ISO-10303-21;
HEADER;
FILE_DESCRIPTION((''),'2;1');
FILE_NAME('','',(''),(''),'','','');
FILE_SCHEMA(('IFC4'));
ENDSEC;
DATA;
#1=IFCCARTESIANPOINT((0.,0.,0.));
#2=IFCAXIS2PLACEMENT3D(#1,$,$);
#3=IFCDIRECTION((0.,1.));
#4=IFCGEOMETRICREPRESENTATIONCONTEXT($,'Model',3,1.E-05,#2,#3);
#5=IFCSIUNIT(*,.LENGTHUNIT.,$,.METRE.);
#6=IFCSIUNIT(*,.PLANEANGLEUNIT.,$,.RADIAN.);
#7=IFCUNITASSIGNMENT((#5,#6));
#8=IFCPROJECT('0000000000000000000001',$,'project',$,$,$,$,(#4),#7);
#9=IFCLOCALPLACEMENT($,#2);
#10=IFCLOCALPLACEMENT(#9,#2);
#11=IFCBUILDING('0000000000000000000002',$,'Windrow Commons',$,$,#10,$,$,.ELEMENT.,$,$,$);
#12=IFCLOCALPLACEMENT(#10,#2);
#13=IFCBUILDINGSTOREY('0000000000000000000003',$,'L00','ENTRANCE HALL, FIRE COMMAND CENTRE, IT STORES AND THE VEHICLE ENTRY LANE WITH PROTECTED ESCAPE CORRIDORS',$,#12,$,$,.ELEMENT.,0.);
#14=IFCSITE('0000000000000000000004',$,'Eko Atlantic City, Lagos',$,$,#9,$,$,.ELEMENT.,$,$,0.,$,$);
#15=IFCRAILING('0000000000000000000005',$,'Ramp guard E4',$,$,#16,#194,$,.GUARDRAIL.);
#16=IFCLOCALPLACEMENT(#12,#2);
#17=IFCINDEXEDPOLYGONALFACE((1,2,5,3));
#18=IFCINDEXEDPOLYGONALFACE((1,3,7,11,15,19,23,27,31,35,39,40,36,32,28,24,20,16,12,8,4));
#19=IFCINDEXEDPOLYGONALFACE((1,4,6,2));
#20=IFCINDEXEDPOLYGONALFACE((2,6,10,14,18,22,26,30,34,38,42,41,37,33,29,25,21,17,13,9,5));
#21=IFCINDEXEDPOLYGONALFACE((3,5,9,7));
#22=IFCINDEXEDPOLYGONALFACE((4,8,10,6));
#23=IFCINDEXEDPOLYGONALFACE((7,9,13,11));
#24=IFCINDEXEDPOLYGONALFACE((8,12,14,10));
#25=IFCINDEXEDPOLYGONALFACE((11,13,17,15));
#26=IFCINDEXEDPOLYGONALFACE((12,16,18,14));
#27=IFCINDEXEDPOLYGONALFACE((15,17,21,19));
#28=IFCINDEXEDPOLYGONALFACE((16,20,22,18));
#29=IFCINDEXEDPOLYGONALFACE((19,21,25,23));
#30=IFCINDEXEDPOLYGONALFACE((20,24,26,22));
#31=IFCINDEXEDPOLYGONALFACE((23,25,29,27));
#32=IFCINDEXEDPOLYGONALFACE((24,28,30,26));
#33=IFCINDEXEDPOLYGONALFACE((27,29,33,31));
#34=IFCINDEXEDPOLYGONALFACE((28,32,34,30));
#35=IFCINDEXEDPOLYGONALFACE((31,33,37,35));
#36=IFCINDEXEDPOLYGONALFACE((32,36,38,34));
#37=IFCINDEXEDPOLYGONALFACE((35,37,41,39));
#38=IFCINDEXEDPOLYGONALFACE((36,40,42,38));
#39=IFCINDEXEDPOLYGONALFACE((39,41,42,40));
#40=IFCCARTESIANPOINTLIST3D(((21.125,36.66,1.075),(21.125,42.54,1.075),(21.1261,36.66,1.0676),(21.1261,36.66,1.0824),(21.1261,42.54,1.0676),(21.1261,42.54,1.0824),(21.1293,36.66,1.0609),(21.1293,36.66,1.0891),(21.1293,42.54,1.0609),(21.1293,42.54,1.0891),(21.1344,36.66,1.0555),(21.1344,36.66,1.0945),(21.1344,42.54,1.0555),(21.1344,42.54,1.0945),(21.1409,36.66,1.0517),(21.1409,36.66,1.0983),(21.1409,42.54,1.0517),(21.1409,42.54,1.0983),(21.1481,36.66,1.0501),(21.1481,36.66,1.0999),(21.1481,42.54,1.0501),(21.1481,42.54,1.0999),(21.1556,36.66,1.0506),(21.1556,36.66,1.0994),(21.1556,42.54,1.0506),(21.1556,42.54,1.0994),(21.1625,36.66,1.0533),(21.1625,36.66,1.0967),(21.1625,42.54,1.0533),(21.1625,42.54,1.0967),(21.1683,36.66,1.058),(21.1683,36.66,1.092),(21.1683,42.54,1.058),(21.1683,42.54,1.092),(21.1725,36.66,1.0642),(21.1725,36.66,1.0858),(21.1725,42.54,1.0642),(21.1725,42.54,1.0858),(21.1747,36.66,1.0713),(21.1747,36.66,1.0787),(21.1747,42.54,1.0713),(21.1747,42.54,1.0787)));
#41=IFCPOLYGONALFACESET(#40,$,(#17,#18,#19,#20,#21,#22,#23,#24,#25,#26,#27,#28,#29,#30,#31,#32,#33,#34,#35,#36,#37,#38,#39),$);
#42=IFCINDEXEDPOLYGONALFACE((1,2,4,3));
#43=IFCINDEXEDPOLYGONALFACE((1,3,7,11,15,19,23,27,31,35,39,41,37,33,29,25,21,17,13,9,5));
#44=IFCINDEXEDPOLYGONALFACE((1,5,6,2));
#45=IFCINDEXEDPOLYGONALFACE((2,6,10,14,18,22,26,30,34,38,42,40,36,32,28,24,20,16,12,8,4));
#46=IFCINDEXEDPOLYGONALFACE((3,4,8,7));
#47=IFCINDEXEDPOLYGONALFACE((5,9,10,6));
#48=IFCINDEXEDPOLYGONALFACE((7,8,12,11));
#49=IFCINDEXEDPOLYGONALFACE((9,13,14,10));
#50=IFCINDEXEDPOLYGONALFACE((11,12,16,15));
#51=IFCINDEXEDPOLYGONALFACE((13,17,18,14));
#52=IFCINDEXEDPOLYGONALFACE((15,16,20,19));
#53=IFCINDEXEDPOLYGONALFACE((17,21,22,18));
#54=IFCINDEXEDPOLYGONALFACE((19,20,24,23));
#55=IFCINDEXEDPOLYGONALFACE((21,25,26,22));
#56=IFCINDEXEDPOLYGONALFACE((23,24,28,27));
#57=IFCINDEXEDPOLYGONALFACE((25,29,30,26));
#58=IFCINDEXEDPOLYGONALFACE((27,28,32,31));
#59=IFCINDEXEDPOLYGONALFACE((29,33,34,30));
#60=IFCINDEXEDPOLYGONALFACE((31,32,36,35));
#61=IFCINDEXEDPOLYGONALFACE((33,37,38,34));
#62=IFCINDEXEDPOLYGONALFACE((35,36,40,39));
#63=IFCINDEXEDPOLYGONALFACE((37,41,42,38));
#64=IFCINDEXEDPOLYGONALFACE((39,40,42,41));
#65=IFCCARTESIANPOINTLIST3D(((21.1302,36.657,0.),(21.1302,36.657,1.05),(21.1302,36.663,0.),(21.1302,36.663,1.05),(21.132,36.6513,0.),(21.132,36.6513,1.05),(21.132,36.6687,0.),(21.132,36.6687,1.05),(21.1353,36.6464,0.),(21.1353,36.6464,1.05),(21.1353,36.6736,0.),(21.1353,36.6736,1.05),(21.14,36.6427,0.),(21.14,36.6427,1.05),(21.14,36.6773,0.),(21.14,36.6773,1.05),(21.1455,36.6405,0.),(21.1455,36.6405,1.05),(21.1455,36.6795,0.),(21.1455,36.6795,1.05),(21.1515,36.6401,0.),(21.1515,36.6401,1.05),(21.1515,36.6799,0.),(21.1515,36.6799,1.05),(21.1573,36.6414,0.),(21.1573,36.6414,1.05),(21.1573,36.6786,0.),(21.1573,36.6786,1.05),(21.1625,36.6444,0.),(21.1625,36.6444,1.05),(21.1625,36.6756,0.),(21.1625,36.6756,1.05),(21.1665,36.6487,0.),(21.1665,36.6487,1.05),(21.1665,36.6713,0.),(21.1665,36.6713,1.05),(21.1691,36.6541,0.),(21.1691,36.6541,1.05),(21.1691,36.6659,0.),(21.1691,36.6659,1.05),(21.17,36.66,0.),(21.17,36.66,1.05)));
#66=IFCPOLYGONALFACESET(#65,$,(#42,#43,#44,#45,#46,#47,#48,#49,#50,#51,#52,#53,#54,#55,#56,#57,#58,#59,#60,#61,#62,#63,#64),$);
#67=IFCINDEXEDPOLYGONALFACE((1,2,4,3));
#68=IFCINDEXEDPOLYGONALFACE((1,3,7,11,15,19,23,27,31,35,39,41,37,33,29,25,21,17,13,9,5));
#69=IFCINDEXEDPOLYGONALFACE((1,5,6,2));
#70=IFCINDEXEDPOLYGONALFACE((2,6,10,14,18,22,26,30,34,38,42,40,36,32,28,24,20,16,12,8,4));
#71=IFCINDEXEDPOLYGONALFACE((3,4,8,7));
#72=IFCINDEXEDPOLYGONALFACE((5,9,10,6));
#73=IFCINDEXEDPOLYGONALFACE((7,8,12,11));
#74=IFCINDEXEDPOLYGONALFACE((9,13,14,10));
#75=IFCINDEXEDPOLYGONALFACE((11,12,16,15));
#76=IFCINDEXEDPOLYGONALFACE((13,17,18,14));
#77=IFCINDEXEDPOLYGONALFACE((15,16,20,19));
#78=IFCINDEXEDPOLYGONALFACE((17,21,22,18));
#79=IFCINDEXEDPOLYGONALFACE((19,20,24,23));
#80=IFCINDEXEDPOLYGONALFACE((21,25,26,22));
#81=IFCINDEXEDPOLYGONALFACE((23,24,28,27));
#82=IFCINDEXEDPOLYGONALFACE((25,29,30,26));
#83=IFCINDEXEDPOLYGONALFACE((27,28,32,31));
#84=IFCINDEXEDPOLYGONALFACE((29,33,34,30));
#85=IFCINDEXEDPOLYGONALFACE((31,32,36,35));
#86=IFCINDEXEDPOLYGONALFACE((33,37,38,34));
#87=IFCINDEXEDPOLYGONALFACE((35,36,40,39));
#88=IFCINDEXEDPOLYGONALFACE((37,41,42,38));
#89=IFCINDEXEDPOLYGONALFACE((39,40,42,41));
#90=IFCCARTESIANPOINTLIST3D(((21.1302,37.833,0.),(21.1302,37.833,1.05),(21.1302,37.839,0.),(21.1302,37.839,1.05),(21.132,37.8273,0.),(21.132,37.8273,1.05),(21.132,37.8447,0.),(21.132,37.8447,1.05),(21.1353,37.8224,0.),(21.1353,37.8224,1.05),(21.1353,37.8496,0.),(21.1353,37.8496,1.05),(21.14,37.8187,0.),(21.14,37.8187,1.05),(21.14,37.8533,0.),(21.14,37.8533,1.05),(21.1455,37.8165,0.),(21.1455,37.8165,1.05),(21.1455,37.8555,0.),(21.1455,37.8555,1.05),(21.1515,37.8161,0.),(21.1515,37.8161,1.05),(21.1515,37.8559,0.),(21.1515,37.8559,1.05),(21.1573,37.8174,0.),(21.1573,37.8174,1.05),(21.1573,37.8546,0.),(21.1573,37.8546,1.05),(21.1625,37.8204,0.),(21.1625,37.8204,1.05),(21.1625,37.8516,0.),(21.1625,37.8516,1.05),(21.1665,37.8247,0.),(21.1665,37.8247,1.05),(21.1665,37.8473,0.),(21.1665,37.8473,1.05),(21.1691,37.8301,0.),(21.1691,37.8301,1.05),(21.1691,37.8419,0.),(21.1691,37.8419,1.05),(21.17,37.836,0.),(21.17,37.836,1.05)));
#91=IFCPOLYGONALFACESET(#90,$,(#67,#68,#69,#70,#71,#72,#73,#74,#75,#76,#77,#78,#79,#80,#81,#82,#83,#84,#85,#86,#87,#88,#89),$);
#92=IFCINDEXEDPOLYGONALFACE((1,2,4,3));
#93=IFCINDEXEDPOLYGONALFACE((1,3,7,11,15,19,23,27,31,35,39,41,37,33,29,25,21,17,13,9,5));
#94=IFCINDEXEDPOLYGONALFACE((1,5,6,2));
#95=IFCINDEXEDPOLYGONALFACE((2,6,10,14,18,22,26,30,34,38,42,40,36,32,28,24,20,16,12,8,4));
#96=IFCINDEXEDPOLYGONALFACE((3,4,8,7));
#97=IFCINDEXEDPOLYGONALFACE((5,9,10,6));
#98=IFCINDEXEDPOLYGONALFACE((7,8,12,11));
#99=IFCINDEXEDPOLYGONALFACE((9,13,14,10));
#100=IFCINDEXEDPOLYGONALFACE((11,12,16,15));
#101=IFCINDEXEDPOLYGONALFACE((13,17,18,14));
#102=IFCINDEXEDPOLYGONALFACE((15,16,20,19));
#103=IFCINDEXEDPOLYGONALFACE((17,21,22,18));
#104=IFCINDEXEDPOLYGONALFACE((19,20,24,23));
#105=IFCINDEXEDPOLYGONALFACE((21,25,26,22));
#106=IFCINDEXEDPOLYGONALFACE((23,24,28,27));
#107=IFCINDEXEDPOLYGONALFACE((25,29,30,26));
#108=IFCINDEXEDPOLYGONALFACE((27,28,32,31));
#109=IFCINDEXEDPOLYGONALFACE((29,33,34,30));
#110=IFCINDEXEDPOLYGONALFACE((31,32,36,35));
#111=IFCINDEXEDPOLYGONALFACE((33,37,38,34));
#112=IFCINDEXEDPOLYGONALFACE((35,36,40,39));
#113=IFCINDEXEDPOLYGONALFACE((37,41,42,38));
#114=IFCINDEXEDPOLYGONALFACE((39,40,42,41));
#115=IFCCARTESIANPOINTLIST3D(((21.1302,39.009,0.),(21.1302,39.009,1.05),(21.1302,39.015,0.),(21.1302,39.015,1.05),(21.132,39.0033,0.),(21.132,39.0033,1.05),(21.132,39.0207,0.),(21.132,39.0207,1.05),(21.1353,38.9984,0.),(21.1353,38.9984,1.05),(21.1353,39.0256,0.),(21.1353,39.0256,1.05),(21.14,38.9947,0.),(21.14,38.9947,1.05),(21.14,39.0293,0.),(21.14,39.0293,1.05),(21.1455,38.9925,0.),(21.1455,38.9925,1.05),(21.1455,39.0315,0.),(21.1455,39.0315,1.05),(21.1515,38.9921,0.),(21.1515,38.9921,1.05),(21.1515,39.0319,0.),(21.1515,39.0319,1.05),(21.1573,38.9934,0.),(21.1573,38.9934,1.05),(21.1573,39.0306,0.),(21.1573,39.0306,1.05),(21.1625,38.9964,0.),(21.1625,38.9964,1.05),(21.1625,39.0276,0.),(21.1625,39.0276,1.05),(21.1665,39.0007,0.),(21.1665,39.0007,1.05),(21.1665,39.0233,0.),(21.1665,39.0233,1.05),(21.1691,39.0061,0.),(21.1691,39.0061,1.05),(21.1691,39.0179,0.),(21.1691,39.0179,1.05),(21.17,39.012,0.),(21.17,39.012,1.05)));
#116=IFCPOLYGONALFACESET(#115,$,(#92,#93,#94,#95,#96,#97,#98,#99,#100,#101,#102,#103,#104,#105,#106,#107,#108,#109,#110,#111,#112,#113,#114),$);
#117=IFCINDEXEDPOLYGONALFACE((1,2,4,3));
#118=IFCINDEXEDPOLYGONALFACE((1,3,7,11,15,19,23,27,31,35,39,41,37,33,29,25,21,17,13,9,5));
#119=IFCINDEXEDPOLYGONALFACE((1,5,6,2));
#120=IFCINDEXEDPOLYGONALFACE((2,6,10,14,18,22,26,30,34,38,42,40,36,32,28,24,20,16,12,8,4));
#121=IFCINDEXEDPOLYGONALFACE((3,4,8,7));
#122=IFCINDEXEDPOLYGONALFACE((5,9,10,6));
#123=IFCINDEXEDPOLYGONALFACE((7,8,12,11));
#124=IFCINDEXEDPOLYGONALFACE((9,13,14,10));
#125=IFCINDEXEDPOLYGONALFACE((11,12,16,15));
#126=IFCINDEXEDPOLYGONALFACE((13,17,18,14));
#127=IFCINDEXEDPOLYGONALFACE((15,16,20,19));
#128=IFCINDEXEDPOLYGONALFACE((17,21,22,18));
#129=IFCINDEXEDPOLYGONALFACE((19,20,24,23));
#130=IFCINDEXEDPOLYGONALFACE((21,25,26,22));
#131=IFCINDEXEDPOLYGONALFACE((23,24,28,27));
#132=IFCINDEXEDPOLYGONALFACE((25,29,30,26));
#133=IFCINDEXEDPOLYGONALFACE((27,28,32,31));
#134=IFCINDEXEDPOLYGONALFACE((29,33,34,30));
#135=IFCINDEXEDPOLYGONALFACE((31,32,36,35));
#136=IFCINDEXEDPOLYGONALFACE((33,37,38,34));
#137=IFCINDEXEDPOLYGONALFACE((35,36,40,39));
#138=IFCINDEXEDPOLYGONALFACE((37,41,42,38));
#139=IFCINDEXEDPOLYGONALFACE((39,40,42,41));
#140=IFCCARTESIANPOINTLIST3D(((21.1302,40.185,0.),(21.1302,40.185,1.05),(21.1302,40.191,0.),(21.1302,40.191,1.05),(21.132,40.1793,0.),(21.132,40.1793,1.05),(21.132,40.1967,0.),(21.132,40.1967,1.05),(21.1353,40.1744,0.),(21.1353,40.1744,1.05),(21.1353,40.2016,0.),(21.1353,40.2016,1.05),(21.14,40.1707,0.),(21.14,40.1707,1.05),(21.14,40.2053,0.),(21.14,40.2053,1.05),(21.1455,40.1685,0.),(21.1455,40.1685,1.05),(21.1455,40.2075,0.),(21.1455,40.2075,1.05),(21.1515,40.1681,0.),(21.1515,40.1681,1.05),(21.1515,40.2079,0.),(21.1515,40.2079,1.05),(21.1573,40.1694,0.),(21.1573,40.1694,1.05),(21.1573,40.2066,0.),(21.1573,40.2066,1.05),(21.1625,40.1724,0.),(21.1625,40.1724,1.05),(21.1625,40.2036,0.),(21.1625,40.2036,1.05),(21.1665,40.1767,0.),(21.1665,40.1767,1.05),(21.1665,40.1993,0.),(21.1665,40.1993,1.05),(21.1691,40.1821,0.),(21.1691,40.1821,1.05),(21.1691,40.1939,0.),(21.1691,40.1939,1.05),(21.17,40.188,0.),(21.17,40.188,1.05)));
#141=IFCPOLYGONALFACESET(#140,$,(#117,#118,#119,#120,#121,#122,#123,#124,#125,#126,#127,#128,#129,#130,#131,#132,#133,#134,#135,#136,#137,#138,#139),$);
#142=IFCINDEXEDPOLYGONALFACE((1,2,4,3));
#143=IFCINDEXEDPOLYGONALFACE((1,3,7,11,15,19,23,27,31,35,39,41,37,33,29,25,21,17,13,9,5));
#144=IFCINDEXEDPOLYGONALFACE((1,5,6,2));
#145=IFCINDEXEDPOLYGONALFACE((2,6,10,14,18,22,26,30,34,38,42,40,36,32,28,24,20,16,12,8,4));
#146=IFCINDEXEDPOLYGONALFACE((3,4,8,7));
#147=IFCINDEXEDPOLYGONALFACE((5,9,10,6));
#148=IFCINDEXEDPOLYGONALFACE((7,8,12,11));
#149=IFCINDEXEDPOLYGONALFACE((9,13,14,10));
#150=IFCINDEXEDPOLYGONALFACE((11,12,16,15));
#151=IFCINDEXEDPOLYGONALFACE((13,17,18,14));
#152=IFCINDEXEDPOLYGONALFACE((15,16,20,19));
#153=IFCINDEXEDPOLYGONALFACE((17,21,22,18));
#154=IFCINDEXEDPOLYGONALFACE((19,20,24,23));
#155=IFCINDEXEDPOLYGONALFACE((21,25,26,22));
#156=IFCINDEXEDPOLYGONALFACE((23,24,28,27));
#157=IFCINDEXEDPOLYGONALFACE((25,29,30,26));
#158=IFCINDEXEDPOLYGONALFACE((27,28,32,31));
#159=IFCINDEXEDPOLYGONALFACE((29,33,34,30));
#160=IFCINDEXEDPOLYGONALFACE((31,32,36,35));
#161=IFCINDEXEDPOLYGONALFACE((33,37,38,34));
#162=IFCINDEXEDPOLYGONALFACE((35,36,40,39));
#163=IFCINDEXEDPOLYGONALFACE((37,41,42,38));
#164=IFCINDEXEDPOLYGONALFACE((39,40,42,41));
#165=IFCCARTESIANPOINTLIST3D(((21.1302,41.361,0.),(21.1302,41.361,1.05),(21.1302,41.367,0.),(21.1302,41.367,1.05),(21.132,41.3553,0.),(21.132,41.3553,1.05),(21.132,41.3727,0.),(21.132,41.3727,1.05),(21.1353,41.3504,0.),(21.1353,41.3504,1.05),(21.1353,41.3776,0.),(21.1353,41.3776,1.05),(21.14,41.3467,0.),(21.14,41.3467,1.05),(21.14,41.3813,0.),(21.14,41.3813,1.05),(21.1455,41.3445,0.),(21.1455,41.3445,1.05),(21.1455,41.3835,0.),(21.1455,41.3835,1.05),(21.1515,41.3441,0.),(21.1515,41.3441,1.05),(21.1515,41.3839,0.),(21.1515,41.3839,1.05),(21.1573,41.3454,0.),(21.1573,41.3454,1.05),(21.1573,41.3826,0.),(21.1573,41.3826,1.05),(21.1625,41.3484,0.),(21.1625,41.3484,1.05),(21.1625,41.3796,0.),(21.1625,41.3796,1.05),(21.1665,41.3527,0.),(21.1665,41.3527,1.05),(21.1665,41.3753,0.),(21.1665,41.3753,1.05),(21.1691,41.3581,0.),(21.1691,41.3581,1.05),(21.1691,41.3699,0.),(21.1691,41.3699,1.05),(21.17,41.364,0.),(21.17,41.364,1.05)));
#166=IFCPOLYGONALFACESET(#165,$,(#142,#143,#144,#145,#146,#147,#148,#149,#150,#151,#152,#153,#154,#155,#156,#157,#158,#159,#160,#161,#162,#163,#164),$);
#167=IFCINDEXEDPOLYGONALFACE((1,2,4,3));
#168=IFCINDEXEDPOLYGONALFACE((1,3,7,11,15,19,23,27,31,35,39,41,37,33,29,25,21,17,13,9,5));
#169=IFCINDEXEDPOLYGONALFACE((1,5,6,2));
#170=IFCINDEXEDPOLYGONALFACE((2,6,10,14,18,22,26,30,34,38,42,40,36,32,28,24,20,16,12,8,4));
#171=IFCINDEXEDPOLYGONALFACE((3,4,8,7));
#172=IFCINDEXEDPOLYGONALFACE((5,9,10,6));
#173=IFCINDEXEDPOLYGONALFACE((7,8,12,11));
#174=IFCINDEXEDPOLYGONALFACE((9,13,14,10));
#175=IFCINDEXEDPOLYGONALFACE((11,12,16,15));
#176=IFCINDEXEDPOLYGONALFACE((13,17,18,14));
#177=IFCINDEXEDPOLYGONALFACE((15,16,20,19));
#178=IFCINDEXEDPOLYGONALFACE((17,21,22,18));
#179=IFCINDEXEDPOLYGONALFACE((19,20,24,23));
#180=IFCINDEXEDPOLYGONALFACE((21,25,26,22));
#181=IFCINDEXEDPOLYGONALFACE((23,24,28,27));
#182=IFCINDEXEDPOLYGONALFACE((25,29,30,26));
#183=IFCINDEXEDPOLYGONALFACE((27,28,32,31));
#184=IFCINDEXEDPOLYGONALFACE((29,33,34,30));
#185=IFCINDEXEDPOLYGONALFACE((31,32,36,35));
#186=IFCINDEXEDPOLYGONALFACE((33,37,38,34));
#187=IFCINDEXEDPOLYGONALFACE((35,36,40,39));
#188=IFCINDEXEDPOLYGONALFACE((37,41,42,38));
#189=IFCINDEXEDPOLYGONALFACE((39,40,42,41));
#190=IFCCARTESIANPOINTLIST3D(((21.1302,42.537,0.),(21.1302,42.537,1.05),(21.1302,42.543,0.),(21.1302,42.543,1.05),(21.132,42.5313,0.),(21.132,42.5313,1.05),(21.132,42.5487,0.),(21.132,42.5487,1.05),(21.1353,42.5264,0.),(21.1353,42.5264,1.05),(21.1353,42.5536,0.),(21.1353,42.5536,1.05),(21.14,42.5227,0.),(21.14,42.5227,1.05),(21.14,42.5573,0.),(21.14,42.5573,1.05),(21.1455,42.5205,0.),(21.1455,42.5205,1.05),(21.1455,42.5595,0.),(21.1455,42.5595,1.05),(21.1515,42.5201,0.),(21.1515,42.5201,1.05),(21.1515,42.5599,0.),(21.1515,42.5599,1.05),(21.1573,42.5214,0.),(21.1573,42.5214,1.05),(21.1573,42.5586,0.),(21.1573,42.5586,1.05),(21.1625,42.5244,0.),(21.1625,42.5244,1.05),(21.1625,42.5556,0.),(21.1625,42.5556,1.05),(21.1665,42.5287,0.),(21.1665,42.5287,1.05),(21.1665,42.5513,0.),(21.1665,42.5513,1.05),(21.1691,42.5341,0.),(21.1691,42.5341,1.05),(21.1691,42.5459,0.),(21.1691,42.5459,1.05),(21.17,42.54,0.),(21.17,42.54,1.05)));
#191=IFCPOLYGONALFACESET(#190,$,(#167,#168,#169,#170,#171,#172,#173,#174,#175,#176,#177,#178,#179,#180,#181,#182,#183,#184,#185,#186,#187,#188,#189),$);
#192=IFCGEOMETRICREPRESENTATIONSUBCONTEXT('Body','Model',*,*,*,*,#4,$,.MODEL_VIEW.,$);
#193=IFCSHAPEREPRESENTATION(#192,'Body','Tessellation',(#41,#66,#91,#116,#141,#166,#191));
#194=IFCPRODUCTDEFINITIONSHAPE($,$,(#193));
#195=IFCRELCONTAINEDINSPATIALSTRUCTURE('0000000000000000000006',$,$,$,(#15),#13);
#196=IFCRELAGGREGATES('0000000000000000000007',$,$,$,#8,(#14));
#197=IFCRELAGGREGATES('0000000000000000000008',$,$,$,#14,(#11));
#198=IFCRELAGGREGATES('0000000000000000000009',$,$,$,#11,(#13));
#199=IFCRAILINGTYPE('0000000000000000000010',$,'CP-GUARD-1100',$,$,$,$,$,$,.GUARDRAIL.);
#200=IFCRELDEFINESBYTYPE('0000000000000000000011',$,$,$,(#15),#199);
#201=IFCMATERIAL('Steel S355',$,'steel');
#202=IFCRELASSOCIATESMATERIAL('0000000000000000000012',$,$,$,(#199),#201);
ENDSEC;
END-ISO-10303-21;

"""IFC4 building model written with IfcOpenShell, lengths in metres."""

from ifc_helpers import new_model, si_unit, direction, frame, origin, origin_2d, place, context, subcontext, project, spatial, circle, extrude, material, type_object, element, save


model = new_model("IFC4")

# Units and contexts
model_context = context("Model", 3, precision=1e-05, world=origin(), true_north=direction((0.0, 1.0)))
body_context = subcontext(model_context, "Body", "Model", "MODEL_VIEW")
ifc_project = project(units=[si_unit("LENGTHUNIT", "METRE"), si_unit("PLANEANGLEUNIT", "RADIAN")], contexts=[model_context])

# Site, building, storey
site_placement = place(None, origin())
site = spatial("IfcSite", under=ifc_project, at=site_placement, Name="Eko Atlantic City, Lagos", CompositionType="ELEMENT", RefElevation=0.0)
building_placement = place(site_placement, origin())
building = spatial("IfcBuilding", under=site, at=building_placement, Name="Windrow Commons", CompositionType="ELEMENT")
storey_placement = place(building_placement, origin())
storey = spatial("IfcBuildingStorey", under=building, at=storey_placement, Name="L00", Description="ENTRANCE HALL, FIRE COMMAND CENTRE, IT STORES AND THE VEHICLE ENTRY LANE WITH PROTECTED ESCAPE CORRIDORS", CompositionType="ELEMENT", Elevation=0.0)

# Railing
ifc_material_1 = material(Name="Steel S355", Category="steel")
railing_type = type_object("IfcRailingType", Name="CP-GUARD-1100", PredefinedType="GUARDRAIL", material=ifc_material_1)
for number, where, name in (
    (1, (21.15, 36.66, 0.0), "Ramp guard E4"),
):
    element("IfcRailing", number, at=place(storey_placement, frame(where)), inside=storey, type_object=railing_type, Name=name, PredefinedType="GUARDRAIL", context=body_context, shape_type="SweptSolid", body=[
        extrude(circle(Radius=0.025, at=origin_2d()), frame((0.0, 0.0, 1.075), z_axis=(0.0, 1.0, 0.0), x_axis=(-1.0, 0.0, 0.0)), (0.0, 0.0, 1.0), 5.88),
        extrude(circle(Radius=0.02, at=origin_2d()), origin(), (0.0, 0.0, 1.0), 1.05),
        extrude(circle(Radius=0.02, at=origin_2d()), frame((0.0, 1.176, 0.0)), (0.0, 0.0, 1.0), 1.05),
        extrude(circle(Radius=0.02, at=origin_2d()), frame((0.0, 2.352, 0.0)), (0.0, 0.0, 1.0), 1.05),
        extrude(circle(Radius=0.02, at=origin_2d()), frame((0.0, 3.528, 0.0)), (0.0, 0.0, 1.0), 1.05),
        extrude(circle(Radius=0.02, at=origin_2d()), frame((0.0, 4.704, 0.0)), (0.0, 0.0, 1.0), 1.05),
        extrude(circle(Radius=0.02, at=origin_2d()), frame((0.0, 5.88, 0.0)), (0.0, 0.0, 1.0), 1.05),
    ])

save(model, "model.ifc")
